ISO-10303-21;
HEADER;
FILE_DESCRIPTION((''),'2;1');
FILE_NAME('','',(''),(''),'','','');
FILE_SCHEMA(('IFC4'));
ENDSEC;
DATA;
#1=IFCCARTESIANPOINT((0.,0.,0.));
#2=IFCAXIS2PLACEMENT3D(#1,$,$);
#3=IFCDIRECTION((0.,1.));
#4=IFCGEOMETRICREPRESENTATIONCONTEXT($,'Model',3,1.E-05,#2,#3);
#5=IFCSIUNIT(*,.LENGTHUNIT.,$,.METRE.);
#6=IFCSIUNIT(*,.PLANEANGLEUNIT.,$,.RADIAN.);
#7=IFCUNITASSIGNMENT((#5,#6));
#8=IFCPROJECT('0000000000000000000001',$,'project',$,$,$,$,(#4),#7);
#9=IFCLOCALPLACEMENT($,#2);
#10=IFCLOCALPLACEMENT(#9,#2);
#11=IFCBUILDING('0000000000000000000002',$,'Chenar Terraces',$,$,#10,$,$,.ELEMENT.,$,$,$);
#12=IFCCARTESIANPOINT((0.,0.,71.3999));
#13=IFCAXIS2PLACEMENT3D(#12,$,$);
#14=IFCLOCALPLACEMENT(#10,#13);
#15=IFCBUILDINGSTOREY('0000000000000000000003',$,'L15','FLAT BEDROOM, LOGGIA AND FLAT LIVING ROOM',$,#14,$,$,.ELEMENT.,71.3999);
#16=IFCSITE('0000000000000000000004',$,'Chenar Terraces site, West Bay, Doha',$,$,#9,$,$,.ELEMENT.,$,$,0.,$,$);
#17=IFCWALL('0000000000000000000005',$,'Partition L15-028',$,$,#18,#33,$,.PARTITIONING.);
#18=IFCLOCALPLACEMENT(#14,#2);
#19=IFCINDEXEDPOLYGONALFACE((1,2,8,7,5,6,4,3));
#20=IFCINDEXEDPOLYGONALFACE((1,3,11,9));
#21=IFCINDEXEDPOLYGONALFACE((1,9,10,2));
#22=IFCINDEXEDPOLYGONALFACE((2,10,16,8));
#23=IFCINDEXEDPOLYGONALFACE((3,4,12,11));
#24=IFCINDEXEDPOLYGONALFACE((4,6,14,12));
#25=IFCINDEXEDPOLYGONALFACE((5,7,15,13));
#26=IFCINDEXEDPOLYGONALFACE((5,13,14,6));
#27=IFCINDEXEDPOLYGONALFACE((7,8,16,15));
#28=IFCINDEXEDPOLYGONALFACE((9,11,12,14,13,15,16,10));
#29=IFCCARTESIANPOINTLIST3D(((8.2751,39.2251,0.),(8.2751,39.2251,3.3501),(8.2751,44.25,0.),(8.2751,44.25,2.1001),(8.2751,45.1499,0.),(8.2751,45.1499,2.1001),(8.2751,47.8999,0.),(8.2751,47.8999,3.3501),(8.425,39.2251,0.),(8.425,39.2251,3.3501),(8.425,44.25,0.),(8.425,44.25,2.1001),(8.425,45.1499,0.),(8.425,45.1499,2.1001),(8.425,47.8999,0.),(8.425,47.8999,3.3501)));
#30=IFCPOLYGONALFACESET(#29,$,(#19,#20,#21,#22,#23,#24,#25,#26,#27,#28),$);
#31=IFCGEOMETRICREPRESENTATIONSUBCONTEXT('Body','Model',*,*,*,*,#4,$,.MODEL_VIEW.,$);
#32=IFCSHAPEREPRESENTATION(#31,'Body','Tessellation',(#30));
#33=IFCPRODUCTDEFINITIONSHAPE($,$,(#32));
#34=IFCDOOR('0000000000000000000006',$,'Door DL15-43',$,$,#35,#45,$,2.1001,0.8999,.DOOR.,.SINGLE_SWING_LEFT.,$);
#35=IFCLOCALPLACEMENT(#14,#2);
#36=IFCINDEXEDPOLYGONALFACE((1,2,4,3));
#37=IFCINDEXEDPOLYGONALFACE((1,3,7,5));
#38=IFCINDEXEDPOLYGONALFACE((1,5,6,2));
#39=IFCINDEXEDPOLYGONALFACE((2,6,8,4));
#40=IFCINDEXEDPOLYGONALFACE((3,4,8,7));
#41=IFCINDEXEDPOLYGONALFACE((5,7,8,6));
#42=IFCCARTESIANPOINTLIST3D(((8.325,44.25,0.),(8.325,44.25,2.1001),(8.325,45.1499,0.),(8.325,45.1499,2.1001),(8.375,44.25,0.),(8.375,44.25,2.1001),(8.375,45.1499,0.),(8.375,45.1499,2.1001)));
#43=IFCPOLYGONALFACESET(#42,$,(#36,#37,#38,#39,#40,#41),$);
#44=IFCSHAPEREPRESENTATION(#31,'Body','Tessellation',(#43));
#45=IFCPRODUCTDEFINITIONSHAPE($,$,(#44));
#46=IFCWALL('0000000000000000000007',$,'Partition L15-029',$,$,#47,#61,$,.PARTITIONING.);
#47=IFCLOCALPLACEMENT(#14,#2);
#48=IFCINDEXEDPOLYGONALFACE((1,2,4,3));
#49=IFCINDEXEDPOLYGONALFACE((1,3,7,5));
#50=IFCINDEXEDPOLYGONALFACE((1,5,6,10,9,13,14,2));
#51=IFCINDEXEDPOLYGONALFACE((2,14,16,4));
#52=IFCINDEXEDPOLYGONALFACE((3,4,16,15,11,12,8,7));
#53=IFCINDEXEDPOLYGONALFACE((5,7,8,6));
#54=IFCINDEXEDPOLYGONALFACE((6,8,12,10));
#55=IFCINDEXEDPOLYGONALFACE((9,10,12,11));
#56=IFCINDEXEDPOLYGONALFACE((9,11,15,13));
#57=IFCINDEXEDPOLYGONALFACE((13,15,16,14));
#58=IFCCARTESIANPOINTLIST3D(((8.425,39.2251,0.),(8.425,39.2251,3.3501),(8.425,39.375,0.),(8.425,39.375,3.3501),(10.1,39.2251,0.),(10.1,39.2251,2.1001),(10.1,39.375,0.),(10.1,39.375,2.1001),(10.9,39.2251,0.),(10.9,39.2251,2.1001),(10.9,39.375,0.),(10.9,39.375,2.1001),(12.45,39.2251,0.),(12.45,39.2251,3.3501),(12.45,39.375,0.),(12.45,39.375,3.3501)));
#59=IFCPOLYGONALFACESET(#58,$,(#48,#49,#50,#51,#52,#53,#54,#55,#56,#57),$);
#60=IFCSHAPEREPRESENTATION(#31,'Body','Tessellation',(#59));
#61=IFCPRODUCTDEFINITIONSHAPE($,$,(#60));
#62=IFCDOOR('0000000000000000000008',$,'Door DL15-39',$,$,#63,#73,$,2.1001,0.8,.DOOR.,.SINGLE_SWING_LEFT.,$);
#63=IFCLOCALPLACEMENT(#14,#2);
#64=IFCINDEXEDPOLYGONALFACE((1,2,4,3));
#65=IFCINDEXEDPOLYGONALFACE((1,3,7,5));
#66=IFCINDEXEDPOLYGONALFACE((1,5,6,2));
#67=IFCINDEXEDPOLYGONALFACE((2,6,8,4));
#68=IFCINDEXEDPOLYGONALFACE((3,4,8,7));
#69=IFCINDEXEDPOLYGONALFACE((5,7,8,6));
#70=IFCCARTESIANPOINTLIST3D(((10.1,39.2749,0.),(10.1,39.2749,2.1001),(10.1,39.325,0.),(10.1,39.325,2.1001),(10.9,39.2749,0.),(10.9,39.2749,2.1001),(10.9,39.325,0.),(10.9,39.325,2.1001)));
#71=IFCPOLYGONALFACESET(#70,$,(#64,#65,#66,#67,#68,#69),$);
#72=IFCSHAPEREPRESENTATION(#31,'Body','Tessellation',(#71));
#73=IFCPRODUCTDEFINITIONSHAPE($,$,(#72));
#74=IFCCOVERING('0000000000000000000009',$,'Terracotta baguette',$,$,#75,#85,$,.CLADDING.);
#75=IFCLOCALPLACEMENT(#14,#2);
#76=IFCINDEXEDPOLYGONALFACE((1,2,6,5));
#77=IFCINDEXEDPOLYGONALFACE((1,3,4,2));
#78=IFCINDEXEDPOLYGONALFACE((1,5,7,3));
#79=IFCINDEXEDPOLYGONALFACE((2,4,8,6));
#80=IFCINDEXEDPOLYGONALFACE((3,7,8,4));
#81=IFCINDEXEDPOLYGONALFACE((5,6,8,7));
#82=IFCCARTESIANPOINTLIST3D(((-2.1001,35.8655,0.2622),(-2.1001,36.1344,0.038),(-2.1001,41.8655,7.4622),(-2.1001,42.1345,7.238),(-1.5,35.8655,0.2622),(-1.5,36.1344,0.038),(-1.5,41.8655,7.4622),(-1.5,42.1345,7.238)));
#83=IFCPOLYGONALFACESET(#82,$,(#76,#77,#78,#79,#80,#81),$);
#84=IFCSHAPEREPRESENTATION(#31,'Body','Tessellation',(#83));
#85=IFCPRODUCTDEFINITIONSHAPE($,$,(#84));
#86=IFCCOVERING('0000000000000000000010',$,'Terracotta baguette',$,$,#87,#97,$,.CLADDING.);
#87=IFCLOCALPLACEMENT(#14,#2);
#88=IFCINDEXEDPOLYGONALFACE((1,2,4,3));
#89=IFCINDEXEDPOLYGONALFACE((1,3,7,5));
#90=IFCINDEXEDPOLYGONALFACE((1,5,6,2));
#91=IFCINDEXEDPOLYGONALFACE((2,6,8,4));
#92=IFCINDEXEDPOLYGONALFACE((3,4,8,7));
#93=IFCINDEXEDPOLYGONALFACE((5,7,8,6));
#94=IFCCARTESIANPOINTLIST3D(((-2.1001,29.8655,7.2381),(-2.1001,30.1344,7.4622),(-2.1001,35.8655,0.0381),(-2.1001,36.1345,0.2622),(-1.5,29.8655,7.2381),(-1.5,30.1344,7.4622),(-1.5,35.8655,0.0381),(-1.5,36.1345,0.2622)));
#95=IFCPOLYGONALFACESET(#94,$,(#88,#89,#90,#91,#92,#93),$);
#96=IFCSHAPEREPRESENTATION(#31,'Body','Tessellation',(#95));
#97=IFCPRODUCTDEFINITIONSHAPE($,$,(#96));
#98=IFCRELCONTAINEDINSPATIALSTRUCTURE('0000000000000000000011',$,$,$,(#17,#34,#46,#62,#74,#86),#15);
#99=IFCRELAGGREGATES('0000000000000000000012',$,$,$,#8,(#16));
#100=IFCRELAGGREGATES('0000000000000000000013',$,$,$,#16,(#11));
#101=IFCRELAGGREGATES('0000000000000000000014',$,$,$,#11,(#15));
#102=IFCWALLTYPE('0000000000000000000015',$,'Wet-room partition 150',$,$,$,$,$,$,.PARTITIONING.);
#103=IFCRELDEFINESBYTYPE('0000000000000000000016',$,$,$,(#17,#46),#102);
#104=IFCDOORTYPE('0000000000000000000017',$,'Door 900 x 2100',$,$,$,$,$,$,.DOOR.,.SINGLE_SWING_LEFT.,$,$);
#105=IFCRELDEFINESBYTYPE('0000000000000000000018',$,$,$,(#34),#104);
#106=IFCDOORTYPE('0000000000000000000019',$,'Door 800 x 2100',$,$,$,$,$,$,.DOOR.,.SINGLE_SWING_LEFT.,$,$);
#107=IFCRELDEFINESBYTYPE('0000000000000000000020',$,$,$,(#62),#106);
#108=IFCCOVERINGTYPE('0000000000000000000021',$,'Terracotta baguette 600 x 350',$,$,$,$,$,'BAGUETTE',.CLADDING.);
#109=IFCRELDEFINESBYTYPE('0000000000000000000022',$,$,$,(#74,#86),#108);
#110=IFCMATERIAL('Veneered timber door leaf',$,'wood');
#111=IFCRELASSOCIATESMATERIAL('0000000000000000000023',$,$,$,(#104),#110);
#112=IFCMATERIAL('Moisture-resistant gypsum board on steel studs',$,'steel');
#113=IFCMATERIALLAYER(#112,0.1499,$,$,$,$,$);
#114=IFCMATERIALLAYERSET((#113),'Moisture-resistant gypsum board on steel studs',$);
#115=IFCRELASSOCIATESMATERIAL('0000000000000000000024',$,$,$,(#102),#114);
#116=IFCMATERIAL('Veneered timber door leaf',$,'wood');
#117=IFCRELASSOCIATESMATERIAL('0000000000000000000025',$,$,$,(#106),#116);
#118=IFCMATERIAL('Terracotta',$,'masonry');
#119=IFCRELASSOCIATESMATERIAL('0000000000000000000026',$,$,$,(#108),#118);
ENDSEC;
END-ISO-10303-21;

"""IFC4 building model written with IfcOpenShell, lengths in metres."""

from ifc_helpers import new_model, si_unit, direction, frame, frame_2d, origin, origin_2d, place, context, subcontext, project, spatial, rectangle, extrude, material, layer, layer_set, material_profile, profile_set, type_object, element, fill, save


model = new_model("IFC4")

# Units and contexts
model_context = context("Model", 3, precision=1e-05, world=origin(), true_north=direction((0.0, 1.0)))
body_context = subcontext(model_context, "Body", "Model", "MODEL_VIEW")
ifc_project = project(units=[si_unit("LENGTHUNIT", "METRE"), si_unit("PLANEANGLEUNIT", "RADIAN")], contexts=[model_context])

# Site, building, storey
site_placement = place(None, origin())
site = spatial("IfcSite", under=ifc_project, at=site_placement, Name="Chenar Terraces site, West Bay, Doha", CompositionType="ELEMENT", RefElevation=0.0)
building_placement = place(site_placement, origin())
building = spatial("IfcBuilding", under=site, at=building_placement, Name="Chenar Terraces", CompositionType="ELEMENT")
storey_placement = place(building_placement, frame((0.0, 0.0, 71.3999)))
storey = spatial("IfcBuildingStorey", under=building, at=storey_placement, Name="L15", Description="FLAT BEDROOM, LOGGIA AND FLAT LIVING ROOM", CompositionType="ELEMENT", Elevation=71.3999)

# Shared definitions
ifc_material_1 = material(Name="Veneered timber door leaf", Category="wood")
door_type_1 = type_object("IfcDoorType", Name="Door 900 x 2100", OperationType="SINGLE_SWING_LEFT", PredefinedType="DOOR", material=ifc_material_1)

# Walls, openings, doors
ifc_material_2 = material(Name="Moisture-resistant gypsum board on steel studs", Category="steel")
ifc_layer_1 = layer(ifc_material_2, 0.1499)
ifc_layer_set_1 = layer_set([ifc_layer_1], Name="Moisture-resistant gypsum board on steel studs")
wall_type_1 = type_object("IfcWallType", Name="Wet-room partition 150", PredefinedType="PARTITIONING", material=ifc_layer_set_1)
wall_1_placement = place(storey_placement, frame((8.3501, 39.2251, 0.0), z_axis=(0.0, 0.0, 1.0), x_axis=(0.0, 1.0, 0.0)))
wall_1 = element("IfcWall", 1, at=wall_1_placement, inside=storey, type_object=wall_type_1, Name="Partition L15-028", PredefinedType="PARTITIONING", context=body_context, shape_type="SweptSolid", body=[
    extrude(rectangle(XDim=8.6748, YDim=0.1499, at=frame_2d((4.3374, 0.0))), origin(), (0.0, 0.0, 1.0), 3.3501),
])
opening_1_placement = place(wall_1_placement, frame((5.0249, 0.0, 0.0)))
opening_1 = element("IfcOpeningElement", 2, at=opening_1_placement, cuts=wall_1, PredefinedType="OPENING", context=body_context, shape_type="SweptSolid", body=[
    extrude(rectangle(XDim=0.8999, YDim=2.1001, at=frame_2d((0.45, 1.05))), frame((0.0, 0.085, 0.0), z_axis=(0.0, -1.0, 0.0), x_axis=(1.0, 0.0, 0.0)), (0.0, 0.0, 1.0), 0.1699),
])
door_1_placement = place(opening_1_placement, frame((0.8999, 0.0, 0.0), z_axis=(0.0, 0.0, 1.0), x_axis=(-1.0, 0.0, 0.0)))
door_1 = element("IfcDoor", 3, at=door_1_placement, inside=storey, type_object=door_type_1, Name="Door DL15-43", OperationType="SINGLE_SWING_LEFT", OverallHeight=2.1001, OverallWidth=0.8999, PredefinedType="DOOR", context=body_context, shape_type="SweptSolid", body=[
    extrude(rectangle(XDim=0.8999, YDim=2.1001, at=frame_2d((0.45, 1.05))), frame((0.0, 0.0249, 0.0), z_axis=(0.0, -1.0, 0.0), x_axis=(1.0, 0.0, 0.0)), (0.0, 0.0, 1.0), 0.05),
])
fill(opening_1, door_1)
wall_2_placement = place(storey_placement, frame((8.425, 39.3, 0.0), z_axis=(0.0, 0.0, 1.0), x_axis=(1.0, 0.0, 0.0)))
wall_2 = element("IfcWall", 4, at=wall_2_placement, inside=storey, type_object=wall_type_1, Name="Partition L15-029", PredefinedType="PARTITIONING", context=body_context, shape_type="SweptSolid", body=[
    extrude(rectangle(XDim=4.0249, YDim=0.1499, at=frame_2d((2.0125, 0.0))), origin(), (0.0, 0.0, 1.0), 3.3501),
])
opening_2_placement = place(wall_2_placement, frame((1.675, 0.0, 0.0)))
opening_2 = element("IfcOpeningElement", 5, at=opening_2_placement, cuts=wall_2, PredefinedType="OPENING", context=body_context, shape_type="SweptSolid", body=[
    extrude(rectangle(XDim=0.8, YDim=2.1001, at=frame_2d((0.3999, 1.05))), frame((0.0, 0.085, 0.0), z_axis=(0.0, -1.0, 0.0), x_axis=(1.0, 0.0, 0.0)), (0.0, 0.0, 1.0), 0.1699),
])
ifc_material_3 = material(Name="Veneered timber door leaf", Category="wood")
door_type_2 = type_object("IfcDoorType", Name="Door 800 x 2100", OperationType="SINGLE_SWING_LEFT", PredefinedType="DOOR", material=ifc_material_3)
door_2_placement = place(opening_2_placement, origin())
door_2 = element("IfcDoor", 6, at=door_2_placement, inside=storey, type_object=door_type_2, Name="Door DL15-39", OperationType="SINGLE_SWING_LEFT", OverallHeight=2.1001, OverallWidth=0.8, PredefinedType="DOOR", context=body_context, shape_type="SweptSolid", body=[
    extrude(rectangle(XDim=0.8, YDim=2.1001, at=frame_2d((0.3999, 1.05))), frame((0.0, 0.0249, 0.0), z_axis=(0.0, -1.0, 0.0), x_axis=(1.0, 0.0, 0.0)), (0.0, 0.0, 1.0), 0.05),
])
fill(opening_2, door_2)

# Coverings
ifc_material_4 = material(Name="Terracotta", Category="masonry")
ifc_material_profile_1 = material_profile(ifc_material_4, rectangle(XDim=0.6001, YDim=0.3501, at=origin_2d()), Name="Terracotta baguette 600 x 350")
ifc_profile_set_1 = profile_set([ifc_material_profile_1], Name="Terracotta")
covering_type = type_object("IfcCoveringType", Name="Terracotta baguette 600 x 350", ElementType="BAGUETTE", PredefinedType="CLADDING", material=ifc_profile_set_1)
for number, where, z_axis, x_axis, name in (
    (7, (-1.8, 42.0, 7.3501), (0.0, -0.640187, -0.768219), (1.0, 0.0, 0.0), "Terracotta baguette"),
    (8, (-1.8, 36.0, 0.1501), (0.0, -0.640187, 0.768219), (1.0, 0.0, 0.0), "Terracotta baguette"),
):
    element("IfcCovering", number, at=place(storey_placement, frame(where, z_axis=z_axis, x_axis=x_axis)), inside=storey, type_object=covering_type, Name=name, PredefinedType="CLADDING", context=body_context, shape_type="SweptSolid", body=[
        extrude(rectangle(XDim=0.6001, YDim=0.3501, at=origin_2d()), origin(), (0.0, 0.0, 1.0), 9.3723),
    ])

save(model, "model.ifc")
